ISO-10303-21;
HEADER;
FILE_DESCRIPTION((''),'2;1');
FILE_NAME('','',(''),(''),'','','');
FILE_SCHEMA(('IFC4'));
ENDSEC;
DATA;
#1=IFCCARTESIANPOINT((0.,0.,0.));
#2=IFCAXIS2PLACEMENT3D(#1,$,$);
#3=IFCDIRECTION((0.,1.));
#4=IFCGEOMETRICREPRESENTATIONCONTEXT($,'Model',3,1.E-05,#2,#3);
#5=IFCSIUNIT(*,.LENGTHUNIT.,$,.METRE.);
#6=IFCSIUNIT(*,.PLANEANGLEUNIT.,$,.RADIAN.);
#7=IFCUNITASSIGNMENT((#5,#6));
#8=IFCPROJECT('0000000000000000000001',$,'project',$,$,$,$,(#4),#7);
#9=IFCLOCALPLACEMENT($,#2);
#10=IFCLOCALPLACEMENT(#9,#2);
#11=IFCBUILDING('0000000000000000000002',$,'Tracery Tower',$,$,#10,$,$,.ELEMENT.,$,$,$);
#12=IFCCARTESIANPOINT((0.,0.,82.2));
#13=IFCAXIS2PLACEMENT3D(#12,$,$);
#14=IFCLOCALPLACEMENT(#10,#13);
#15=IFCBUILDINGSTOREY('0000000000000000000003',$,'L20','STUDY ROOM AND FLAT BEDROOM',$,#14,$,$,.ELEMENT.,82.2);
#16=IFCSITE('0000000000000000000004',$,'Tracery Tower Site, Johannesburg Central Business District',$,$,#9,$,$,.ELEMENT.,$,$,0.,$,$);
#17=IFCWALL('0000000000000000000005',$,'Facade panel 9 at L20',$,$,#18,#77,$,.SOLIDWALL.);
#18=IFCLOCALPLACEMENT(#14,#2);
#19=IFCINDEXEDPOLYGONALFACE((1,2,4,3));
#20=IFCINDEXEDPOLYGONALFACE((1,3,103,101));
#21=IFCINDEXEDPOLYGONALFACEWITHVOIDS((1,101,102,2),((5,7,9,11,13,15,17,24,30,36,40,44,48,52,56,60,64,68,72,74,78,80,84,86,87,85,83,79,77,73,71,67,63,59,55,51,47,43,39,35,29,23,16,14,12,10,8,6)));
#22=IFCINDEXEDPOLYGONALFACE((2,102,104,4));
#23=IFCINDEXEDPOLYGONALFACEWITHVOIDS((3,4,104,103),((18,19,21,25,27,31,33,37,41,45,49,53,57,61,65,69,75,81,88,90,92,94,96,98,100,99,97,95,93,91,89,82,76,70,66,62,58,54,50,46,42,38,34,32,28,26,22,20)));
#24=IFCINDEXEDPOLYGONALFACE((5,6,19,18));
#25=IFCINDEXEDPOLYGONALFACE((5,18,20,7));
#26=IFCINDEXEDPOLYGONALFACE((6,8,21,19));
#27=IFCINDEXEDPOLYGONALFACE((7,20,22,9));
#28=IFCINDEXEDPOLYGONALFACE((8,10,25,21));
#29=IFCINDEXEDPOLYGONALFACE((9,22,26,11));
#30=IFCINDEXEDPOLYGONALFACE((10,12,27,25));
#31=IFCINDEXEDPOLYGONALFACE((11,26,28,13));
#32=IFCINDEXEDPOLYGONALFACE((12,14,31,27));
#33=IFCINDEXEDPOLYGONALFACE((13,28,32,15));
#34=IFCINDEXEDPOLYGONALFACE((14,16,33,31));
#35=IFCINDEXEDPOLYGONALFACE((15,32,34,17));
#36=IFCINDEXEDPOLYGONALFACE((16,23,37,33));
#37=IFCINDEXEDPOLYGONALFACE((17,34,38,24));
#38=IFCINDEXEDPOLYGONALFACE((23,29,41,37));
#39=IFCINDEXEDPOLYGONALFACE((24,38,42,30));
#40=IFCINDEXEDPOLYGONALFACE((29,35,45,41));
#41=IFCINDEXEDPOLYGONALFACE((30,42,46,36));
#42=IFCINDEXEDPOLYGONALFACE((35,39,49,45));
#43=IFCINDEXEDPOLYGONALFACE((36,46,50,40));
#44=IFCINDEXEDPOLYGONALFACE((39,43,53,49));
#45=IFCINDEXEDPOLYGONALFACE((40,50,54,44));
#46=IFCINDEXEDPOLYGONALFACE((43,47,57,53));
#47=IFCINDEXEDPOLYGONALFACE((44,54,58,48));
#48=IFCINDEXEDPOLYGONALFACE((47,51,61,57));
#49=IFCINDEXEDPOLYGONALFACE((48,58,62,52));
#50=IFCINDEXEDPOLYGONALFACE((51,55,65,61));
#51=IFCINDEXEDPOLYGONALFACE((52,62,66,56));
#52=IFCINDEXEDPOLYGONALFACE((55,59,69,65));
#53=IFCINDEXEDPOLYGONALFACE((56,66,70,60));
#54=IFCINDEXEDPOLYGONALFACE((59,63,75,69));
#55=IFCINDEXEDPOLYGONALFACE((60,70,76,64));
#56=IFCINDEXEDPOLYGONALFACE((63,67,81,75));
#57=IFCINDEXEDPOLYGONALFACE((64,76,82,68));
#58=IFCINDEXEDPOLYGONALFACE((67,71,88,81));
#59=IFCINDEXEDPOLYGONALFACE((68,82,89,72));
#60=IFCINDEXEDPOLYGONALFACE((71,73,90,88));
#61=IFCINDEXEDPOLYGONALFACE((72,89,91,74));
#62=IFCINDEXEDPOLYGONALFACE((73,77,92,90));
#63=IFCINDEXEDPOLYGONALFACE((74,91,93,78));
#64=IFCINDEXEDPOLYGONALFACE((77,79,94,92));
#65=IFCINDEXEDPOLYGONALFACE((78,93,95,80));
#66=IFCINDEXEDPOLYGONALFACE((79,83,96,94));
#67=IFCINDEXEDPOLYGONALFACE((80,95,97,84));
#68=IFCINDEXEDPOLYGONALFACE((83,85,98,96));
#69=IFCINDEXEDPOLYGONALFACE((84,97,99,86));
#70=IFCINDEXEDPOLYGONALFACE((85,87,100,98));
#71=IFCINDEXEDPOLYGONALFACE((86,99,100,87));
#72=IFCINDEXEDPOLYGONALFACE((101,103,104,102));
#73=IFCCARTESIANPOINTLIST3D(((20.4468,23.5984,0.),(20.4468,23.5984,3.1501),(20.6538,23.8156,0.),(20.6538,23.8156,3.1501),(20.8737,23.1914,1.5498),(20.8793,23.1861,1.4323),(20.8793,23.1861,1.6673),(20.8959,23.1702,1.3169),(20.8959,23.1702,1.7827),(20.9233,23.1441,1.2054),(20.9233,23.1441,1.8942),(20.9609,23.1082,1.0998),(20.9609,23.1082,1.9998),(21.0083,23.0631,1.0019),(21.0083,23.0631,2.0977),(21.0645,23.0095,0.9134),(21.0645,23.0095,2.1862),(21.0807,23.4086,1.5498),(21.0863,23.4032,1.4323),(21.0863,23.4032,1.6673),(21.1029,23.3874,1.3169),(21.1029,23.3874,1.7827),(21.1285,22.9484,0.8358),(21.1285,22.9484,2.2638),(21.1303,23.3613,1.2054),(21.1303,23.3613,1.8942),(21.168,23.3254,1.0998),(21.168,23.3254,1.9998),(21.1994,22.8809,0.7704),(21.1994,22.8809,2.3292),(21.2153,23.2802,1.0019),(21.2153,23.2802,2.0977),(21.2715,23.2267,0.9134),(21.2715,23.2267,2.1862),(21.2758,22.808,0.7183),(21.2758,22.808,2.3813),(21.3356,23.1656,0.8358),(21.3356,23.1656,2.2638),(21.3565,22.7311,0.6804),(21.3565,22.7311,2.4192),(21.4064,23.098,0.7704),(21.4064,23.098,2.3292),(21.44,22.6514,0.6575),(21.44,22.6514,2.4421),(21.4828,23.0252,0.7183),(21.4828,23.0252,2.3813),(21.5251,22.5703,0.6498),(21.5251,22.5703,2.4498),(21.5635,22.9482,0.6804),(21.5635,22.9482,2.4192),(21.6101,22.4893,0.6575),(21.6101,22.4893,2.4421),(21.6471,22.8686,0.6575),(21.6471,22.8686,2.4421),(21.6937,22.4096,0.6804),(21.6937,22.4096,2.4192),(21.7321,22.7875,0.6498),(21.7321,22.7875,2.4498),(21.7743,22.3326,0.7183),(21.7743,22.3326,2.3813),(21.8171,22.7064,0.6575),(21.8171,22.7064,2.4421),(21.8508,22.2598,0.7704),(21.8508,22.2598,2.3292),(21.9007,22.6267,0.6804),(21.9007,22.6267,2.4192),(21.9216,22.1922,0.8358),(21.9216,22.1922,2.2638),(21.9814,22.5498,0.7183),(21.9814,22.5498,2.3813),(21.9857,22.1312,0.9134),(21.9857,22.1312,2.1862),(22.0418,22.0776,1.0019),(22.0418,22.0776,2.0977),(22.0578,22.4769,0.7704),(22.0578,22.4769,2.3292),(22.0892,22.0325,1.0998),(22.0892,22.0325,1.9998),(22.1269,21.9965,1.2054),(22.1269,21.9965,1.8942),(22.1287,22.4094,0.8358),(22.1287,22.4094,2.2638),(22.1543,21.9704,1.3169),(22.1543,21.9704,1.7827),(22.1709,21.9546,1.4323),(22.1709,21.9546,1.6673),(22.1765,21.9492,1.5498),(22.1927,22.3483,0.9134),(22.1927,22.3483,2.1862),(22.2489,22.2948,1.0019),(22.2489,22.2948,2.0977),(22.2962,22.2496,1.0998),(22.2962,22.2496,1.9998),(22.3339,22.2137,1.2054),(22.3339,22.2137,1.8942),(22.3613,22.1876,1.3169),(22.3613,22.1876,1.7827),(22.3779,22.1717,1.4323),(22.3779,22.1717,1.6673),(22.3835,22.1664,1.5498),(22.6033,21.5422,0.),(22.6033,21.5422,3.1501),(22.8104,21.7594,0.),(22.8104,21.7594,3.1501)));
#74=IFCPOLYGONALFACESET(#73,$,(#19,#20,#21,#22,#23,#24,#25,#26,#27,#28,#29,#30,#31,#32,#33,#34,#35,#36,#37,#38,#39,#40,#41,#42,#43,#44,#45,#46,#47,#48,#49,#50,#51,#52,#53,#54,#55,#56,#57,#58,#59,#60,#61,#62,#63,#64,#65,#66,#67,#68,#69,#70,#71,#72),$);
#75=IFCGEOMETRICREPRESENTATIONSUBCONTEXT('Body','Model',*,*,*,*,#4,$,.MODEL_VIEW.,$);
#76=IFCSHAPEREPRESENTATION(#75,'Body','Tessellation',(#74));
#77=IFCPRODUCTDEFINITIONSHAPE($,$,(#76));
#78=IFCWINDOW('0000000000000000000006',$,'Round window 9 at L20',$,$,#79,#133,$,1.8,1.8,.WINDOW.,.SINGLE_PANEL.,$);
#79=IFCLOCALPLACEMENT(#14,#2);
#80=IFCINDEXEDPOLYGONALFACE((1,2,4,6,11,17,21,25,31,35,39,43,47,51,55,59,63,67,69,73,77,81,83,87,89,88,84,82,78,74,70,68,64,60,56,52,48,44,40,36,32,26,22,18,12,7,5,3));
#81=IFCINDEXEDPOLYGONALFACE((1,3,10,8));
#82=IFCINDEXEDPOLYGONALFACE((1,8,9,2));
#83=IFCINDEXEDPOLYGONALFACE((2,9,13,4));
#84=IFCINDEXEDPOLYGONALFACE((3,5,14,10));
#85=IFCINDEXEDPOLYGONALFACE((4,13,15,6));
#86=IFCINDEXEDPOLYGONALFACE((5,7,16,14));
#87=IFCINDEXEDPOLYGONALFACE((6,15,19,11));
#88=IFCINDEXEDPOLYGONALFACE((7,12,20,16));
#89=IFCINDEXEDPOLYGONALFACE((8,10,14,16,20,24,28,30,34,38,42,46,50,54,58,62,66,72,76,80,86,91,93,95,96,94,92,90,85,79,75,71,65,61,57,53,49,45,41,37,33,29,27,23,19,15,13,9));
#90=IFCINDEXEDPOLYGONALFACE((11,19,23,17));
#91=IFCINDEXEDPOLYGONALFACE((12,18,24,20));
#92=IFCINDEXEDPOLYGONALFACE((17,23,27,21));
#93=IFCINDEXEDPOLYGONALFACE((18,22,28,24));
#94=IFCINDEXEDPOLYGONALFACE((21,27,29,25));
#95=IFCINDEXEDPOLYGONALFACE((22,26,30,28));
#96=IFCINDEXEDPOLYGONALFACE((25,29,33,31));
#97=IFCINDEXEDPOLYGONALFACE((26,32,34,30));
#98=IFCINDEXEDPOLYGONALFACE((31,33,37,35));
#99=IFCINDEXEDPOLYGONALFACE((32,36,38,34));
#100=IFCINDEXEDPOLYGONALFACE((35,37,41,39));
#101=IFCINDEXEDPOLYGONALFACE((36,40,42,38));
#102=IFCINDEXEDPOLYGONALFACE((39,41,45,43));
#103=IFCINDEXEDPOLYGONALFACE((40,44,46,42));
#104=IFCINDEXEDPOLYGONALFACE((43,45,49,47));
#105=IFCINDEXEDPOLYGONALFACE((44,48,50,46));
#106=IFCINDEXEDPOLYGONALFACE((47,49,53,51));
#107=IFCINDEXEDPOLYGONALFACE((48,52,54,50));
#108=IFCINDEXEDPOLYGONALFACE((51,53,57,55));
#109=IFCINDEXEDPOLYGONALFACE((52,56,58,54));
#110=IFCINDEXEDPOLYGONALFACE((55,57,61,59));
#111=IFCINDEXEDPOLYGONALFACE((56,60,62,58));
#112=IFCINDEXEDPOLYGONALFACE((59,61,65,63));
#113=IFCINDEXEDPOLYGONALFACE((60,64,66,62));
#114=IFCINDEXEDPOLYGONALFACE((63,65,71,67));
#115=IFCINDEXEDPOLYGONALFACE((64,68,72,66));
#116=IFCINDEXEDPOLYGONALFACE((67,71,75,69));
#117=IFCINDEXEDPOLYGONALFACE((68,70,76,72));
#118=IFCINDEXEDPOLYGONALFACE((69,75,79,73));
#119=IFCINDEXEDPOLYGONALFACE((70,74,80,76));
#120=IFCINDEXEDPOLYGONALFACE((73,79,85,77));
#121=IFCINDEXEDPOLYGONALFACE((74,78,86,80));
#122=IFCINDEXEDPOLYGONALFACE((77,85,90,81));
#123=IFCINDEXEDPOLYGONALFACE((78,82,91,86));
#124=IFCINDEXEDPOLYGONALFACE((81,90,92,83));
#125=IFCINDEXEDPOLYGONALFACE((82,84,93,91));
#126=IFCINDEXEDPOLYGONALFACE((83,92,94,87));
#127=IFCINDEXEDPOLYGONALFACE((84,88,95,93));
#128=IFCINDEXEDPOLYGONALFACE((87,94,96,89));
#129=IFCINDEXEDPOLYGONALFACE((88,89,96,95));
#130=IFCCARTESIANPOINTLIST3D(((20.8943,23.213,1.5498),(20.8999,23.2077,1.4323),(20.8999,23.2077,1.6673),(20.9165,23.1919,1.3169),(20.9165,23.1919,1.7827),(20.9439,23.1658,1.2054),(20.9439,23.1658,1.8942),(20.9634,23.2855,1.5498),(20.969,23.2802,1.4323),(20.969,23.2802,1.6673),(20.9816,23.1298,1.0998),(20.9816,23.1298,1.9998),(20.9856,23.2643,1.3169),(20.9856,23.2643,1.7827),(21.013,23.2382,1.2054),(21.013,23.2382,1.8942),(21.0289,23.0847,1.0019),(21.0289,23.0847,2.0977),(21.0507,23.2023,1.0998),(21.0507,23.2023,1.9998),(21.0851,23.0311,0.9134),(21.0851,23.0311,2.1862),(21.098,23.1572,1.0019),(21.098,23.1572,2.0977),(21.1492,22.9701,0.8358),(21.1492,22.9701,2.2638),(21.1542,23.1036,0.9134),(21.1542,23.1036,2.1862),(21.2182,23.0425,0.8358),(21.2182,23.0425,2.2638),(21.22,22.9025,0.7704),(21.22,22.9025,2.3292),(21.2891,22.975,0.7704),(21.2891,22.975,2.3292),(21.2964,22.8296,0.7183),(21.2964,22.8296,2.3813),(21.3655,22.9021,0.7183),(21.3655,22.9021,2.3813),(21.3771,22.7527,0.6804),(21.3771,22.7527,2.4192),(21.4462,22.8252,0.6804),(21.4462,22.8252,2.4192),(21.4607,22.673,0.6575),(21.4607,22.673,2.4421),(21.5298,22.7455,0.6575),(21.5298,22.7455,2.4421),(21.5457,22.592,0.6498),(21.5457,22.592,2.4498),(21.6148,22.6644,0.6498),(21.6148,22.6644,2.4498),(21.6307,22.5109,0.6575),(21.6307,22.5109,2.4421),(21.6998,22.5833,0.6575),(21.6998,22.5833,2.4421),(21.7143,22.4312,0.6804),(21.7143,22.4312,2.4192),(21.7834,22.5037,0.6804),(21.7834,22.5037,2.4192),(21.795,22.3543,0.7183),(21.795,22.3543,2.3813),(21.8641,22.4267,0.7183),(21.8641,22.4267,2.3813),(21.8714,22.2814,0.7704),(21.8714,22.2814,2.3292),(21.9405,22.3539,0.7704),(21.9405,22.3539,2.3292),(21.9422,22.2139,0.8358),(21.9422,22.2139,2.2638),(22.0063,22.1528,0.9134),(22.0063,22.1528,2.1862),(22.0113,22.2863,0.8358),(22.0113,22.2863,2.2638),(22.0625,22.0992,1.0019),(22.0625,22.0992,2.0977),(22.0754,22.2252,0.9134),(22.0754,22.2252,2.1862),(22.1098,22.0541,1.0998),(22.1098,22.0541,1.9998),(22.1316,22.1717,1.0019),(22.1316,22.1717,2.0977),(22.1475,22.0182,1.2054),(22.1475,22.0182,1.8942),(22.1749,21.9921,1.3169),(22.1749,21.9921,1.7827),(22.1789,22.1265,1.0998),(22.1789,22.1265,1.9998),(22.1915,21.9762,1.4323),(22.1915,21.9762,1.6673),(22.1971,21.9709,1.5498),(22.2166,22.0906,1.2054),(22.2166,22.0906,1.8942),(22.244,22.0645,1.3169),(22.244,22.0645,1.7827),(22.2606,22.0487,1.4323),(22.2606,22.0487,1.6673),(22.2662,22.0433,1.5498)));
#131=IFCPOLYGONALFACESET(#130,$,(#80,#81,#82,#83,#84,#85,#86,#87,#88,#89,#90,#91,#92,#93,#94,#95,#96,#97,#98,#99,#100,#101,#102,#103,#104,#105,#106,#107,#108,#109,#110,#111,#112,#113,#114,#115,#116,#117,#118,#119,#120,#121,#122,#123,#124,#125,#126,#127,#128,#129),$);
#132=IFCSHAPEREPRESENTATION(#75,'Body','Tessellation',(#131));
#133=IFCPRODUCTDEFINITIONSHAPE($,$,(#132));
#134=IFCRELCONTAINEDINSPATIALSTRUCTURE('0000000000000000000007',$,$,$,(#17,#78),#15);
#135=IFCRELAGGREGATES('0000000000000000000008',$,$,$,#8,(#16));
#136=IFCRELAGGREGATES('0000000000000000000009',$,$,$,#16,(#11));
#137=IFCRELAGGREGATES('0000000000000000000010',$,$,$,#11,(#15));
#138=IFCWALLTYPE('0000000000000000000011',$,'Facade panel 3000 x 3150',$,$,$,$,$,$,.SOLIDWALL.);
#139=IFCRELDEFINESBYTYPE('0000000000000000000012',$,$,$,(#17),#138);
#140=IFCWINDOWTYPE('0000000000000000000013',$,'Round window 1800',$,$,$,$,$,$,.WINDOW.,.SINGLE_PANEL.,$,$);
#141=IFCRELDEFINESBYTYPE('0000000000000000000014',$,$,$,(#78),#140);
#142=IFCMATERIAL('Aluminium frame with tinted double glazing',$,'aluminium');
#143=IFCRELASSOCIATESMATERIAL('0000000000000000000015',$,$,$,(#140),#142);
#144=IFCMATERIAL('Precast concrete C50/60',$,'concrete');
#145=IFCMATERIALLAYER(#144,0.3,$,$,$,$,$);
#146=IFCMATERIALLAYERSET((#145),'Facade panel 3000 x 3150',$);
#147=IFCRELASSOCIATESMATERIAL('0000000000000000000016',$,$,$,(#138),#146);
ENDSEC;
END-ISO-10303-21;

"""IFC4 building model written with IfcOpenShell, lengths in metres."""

from ifc_helpers import new_model, si_unit, direction, frame, frame_2d, origin, origin_2d, place, context, subcontext, project, spatial, rectangle, circle, extrude, material, layer, layer_set, type_object, element, fill, save


model = new_model("IFC4")

# Units and contexts
model_context = context("Model", 3, precision=1e-05, world=origin(), true_north=direction((0.0, 1.0)))
body_context = subcontext(model_context, "Body", "Model", "MODEL_VIEW")
ifc_project = project(units=[si_unit("LENGTHUNIT", "METRE"), si_unit("PLANEANGLEUNIT", "RADIAN")], contexts=[model_context])

# Site, building, storey
site_placement = place(None, origin())
site = spatial("IfcSite", under=ifc_project, at=site_placement, Name="Tracery Tower Site, Johannesburg Central Business District", CompositionType="ELEMENT", RefElevation=0.0)
building_placement = place(site_placement, origin())
building = spatial("IfcBuilding", under=site, at=building_placement, Name="Tracery Tower", CompositionType="ELEMENT")
storey_placement = place(building_placement, frame((0.0, 0.0, 82.2)))
storey = spatial("IfcBuildingStorey", under=building, at=storey_placement, Name="L20", Description="STUDY ROOM AND FLAT BEDROOM", CompositionType="ELEMENT", Elevation=82.2)

# Wall, opening, window
ifc_material_1 = material(Name="Aluminium frame with tinted double glazing", Category="aluminium")
window_type = type_object("IfcWindowType", Name="Round window 1800", PartitioningType="SINGLE_PANEL", PredefinedType="WINDOW", material=ifc_material_1)
ifc_material_2 = material(Name="Precast concrete C50/60", Category="concrete")
ifc_layer_1 = layer(ifc_material_2, 0.3)
ifc_layer_set_1 = layer_set([ifc_layer_1], Name="Facade panel 3000 x 3150")
wall_type_1 = type_object("IfcWallType", Name="Facade panel 3000 x 3150", PredefinedType="SOLIDWALL", material=ifc_layer_set_1)
wall_1_placement = place(storey_placement, frame((22.7068, 21.6509, 0.0), z_axis=(0.0, 0.0, 1.0), x_axis=(-0.723744, 0.690068, 0.0)))
wall_1 = element("IfcWall", 1, at=wall_1_placement, inside=storey, type_object=wall_type_1, Name="Facade panel 9 at L20", PredefinedType="SOLIDWALL", context=body_context, shape_type="SweptSolid", body=[
    extrude(rectangle(XDim=2.9797, YDim=0.3, at=frame_2d((1.4897, 0.0))), origin(), (0.0, 0.0, 1.0), 3.1501),
])
opening_1_placement = place(wall_1_placement, frame((1.4897, 0.0, 1.5498)))
opening_1 = element("IfcOpeningElement", 2, at=opening_1_placement, cuts=wall_1, PredefinedType="OPENING", context=body_context, shape_type="SweptSolid", body=[
    extrude(circle(Radius=0.9, at=origin_2d()), frame((0.0, 0.1599, 0.0), z_axis=(0.0, -1.0, 0.0), x_axis=(1.0, 0.0, 0.0)), (0.0, 0.0, 1.0), 0.3201),
])
window_1_placement = place(opening_1_placement, origin())
window_1 = element("IfcWindow", 3, at=window_1_placement, inside=storey, type_object=window_type, Name="Round window 9 at L20", OverallHeight=1.8, OverallWidth=1.8, PartitioningType="SINGLE_PANEL", PredefinedType="WINDOW", context=body_context, shape_type="SweptSolid", body=[
    extrude(circle(Radius=0.9, at=origin_2d()), frame((0.0, 0.1201, 0.0), z_axis=(0.0, -1.0, 0.0), x_axis=(1.0, 0.0, 0.0)), (0.0, 0.0, 1.0), 0.1001),
])
fill(opening_1, window_1)

save(model, "model.ifc")
